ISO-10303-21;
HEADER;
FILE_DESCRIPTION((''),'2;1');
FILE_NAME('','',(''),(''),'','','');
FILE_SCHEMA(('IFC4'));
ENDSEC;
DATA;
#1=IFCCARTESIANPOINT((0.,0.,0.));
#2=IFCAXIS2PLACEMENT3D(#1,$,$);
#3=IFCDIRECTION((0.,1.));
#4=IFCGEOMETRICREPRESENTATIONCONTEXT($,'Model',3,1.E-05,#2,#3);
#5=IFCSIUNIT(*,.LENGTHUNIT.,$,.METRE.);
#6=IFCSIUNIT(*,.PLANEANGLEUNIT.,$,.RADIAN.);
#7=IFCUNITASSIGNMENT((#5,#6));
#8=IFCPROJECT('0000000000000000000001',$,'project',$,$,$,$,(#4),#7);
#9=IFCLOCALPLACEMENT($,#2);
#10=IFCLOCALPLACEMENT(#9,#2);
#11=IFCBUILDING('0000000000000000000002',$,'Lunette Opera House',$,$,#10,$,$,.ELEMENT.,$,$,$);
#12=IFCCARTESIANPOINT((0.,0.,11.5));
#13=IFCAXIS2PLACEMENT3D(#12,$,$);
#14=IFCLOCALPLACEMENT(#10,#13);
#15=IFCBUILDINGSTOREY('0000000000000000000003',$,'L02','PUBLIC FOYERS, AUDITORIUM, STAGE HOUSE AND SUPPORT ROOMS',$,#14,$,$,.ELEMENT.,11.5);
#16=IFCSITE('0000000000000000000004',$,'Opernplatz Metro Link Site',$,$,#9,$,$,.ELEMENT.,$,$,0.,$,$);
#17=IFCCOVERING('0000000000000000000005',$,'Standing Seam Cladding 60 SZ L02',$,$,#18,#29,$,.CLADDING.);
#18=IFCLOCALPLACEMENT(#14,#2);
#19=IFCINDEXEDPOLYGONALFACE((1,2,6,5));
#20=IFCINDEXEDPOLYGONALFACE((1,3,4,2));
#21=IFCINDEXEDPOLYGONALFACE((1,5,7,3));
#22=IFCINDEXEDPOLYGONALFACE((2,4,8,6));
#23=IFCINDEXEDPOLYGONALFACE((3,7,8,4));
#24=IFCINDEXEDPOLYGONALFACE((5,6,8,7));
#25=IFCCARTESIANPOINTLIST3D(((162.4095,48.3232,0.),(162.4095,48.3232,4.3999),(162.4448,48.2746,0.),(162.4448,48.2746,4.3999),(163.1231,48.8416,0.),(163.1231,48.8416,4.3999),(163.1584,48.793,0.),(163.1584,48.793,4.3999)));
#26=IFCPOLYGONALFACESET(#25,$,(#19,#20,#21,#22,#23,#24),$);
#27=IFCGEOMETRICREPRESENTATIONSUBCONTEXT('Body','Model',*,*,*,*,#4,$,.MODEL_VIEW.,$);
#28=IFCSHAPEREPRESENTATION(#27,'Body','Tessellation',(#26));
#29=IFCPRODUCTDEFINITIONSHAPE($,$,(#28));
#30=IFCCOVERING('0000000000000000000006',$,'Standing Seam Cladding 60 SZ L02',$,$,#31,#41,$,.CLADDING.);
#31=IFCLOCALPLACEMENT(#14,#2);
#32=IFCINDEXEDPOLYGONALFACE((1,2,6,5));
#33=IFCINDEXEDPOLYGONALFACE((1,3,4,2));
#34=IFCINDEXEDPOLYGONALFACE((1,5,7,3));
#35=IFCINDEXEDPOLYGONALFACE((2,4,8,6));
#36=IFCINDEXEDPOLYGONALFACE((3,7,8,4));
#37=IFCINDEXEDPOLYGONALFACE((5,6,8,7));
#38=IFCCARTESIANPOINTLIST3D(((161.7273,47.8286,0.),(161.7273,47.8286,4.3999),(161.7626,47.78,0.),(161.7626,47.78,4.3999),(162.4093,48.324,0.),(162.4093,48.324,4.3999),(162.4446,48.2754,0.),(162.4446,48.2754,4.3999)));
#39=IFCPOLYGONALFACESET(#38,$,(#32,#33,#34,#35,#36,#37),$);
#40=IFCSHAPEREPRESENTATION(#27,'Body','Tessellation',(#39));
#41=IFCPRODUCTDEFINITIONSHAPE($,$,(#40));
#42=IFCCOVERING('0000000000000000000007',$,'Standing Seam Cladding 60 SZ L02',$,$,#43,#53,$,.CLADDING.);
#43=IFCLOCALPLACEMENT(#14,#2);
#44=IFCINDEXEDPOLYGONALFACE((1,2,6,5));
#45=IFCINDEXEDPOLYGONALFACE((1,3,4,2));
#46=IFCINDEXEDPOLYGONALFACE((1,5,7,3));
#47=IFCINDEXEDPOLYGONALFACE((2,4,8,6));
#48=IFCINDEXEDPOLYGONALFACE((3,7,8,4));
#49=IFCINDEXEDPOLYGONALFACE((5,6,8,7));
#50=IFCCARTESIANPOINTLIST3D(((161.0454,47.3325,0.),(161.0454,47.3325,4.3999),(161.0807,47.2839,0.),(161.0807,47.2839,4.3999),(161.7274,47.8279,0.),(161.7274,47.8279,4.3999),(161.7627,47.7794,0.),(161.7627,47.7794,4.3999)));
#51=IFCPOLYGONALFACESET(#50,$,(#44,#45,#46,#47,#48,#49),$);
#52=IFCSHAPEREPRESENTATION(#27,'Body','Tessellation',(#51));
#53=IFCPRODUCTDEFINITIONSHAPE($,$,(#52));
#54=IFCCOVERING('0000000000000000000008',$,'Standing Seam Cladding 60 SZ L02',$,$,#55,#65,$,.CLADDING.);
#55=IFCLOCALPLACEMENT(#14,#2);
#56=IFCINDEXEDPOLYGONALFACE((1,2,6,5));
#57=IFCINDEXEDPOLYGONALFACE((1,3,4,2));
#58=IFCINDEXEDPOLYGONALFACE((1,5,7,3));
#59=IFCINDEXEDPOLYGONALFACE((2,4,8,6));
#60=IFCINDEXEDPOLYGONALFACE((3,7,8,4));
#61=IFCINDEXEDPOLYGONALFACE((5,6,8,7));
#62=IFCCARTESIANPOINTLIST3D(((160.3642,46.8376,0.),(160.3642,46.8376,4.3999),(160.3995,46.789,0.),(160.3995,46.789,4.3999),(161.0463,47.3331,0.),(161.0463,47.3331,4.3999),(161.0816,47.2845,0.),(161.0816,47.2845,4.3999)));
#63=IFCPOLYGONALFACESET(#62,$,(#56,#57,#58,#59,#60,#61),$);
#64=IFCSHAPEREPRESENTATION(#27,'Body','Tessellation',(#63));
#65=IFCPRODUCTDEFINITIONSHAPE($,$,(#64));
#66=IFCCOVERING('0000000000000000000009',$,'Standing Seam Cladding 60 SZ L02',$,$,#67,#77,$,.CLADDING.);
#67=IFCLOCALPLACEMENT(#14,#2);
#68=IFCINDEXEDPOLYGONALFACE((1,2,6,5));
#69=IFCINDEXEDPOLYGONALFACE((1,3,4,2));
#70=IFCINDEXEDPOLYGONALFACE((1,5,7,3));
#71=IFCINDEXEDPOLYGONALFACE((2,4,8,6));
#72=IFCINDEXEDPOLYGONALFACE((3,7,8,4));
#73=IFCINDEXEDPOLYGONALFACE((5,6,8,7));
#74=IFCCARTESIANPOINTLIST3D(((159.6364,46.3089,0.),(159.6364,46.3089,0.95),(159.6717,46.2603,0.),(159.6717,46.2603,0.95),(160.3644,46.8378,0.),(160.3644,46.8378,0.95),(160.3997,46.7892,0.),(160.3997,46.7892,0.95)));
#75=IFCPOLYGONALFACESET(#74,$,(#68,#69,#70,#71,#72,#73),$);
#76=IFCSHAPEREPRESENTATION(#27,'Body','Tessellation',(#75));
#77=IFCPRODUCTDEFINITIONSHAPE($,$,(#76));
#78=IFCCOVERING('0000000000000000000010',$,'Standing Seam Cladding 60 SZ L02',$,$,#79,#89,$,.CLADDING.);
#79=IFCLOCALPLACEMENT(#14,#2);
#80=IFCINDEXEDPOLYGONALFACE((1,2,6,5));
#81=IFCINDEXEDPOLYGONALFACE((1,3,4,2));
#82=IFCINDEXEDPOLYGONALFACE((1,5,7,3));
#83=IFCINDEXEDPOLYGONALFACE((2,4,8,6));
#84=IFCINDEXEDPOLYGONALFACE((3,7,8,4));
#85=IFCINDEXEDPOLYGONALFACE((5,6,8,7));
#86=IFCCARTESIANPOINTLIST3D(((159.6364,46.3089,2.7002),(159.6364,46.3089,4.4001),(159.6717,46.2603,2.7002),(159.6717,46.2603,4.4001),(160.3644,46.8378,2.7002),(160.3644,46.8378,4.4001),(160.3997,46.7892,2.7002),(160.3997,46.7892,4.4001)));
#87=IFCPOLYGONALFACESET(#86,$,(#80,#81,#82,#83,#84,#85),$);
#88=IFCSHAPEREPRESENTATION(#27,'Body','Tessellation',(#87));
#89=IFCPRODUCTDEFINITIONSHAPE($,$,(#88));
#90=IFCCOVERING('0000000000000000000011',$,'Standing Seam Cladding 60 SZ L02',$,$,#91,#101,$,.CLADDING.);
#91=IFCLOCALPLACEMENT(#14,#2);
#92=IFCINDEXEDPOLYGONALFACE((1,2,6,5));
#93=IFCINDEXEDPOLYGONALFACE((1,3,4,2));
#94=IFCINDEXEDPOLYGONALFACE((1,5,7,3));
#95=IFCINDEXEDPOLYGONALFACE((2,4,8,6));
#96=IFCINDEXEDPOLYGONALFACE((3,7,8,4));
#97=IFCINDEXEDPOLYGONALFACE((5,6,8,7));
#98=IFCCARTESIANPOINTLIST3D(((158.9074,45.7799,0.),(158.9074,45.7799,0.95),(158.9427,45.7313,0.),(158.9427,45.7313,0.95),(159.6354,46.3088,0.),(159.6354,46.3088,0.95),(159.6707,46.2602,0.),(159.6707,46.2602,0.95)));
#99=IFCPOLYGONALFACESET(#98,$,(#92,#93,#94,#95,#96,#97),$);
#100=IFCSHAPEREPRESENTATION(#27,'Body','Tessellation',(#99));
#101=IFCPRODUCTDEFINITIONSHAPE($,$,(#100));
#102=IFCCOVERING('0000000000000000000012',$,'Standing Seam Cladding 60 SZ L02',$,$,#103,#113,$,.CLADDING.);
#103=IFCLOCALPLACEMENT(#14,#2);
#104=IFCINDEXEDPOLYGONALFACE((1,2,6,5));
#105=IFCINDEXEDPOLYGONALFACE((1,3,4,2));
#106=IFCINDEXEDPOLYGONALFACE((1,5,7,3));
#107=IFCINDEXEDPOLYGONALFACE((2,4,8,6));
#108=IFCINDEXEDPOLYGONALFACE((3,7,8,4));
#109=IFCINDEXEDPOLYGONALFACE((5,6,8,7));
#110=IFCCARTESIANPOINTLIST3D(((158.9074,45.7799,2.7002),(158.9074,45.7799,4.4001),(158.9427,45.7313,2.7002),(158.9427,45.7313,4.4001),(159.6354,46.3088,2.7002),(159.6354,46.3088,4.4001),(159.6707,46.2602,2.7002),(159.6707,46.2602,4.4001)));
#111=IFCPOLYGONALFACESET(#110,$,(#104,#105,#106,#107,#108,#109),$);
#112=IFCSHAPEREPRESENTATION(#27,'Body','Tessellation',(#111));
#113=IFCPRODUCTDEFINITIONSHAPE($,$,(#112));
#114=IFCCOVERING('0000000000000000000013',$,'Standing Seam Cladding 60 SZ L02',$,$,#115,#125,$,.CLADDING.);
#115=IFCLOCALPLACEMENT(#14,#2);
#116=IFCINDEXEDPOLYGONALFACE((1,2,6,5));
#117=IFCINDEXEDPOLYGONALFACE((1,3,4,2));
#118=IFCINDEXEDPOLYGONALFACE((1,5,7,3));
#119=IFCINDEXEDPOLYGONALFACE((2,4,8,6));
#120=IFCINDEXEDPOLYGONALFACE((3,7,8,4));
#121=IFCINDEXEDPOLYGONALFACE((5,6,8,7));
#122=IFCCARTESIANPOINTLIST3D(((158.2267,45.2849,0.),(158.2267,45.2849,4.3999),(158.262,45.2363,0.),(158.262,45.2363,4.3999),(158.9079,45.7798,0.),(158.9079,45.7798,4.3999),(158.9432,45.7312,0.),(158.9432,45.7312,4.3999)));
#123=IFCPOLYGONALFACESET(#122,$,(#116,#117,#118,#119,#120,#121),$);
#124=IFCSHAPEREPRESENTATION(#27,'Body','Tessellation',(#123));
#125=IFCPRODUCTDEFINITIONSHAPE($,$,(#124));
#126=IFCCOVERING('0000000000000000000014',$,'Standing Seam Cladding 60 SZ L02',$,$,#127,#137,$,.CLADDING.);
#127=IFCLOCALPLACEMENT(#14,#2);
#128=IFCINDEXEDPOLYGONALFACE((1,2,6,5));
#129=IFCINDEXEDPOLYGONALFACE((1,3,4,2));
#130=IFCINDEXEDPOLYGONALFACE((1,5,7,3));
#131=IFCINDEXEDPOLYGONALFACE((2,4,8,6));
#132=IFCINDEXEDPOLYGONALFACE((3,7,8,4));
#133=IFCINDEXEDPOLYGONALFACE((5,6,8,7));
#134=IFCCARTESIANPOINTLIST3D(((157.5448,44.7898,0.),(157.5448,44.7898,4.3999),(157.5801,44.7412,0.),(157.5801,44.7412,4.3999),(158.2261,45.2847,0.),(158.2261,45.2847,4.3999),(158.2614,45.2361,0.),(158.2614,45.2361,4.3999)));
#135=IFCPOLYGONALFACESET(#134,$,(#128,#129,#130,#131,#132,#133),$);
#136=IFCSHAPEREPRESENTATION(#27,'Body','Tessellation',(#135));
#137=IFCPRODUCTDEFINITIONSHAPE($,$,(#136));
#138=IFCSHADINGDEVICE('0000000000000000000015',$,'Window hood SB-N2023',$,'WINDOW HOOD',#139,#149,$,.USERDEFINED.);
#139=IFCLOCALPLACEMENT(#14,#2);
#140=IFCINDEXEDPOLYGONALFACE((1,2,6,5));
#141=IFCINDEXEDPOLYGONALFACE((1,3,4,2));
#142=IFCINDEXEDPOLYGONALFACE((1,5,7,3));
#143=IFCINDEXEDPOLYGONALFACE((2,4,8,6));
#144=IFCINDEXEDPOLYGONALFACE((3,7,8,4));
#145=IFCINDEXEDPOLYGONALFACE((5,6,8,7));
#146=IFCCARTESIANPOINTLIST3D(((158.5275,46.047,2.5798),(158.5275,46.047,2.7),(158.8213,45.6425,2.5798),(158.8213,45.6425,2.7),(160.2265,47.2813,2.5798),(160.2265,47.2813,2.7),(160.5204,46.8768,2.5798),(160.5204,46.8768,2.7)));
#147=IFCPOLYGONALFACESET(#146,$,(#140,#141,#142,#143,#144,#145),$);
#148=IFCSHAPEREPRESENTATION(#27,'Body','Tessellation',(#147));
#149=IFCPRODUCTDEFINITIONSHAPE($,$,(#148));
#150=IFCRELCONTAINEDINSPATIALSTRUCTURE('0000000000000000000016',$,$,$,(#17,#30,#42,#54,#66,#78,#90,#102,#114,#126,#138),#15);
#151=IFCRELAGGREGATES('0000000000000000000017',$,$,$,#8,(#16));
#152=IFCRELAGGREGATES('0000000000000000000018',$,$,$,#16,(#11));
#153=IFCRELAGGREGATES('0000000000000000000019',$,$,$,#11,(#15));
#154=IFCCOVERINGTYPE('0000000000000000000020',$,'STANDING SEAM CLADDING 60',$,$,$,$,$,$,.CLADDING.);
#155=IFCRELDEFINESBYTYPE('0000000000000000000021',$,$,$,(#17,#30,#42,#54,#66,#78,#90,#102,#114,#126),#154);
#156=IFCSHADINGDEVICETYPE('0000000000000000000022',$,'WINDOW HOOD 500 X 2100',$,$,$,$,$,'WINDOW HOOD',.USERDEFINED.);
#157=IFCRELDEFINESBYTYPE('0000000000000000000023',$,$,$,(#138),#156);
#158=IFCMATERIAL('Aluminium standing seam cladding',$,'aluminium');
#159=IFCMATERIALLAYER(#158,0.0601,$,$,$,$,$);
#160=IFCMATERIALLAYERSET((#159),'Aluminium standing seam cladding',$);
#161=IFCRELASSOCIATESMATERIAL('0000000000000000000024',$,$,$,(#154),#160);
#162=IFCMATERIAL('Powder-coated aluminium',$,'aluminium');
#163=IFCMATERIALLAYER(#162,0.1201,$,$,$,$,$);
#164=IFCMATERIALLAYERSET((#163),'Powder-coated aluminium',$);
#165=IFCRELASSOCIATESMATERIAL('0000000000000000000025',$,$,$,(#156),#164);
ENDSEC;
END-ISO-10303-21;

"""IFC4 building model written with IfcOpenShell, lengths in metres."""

from ifc_helpers import new_model, si_unit, direction, frame, origin, origin_2d, place, context, subcontext, project, spatial, rectangle, extrude, material, layer, layer_set, type_object, element, save


model = new_model("IFC4")

# Units and contexts
model_context = context("Model", 3, precision=1e-05, world=origin(), true_north=direction((0.0, 1.0)))
body_context = subcontext(model_context, "Body", "Model", "MODEL_VIEW")
ifc_project = project(units=[si_unit("LENGTHUNIT", "METRE"), si_unit("PLANEANGLEUNIT", "RADIAN")], contexts=[model_context])

# Site, building, storey
site_placement = place(None, origin())
site = spatial("IfcSite", under=ifc_project, at=site_placement, Name="Opernplatz Metro Link Site", CompositionType="ELEMENT", RefElevation=0.0)
building_placement = place(site_placement, origin())
building = spatial("IfcBuilding", under=site, at=building_placement, Name="Lunette Opera House", CompositionType="ELEMENT")
storey_placement = place(building_placement, frame((0.0, 0.0, 11.5)))
storey = spatial("IfcBuildingStorey", under=building, at=storey_placement, Name="L02", Description="PUBLIC FOYERS, AUDITORIUM, STAGE HOUSE AND SUPPORT ROOMS", CompositionType="ELEMENT", Elevation=11.5)

# Coverings
ifc_material_1 = material(Name="Aluminium standing seam cladding", Category="aluminium")
ifc_layer_1 = layer(ifc_material_1, 0.0601)
ifc_layer_set_1 = layer_set([ifc_layer_1], Name="Aluminium standing seam cladding")
covering_type = type_object("IfcCoveringType", Name="STANDING SEAM CLADDING 60", PredefinedType="CLADDING", material=ifc_layer_set_1)
for number, where, z_axis, x_axis, name in (
    (1, (162.7839, 48.5581, 0.0), (0.0, 0.0, 1.0), (-0.809041, -0.587753, 0.0), "Standing Seam Cladding 60 SZ L02"),
):
    element("IfcCovering", number, at=place(storey_placement, frame(where, z_axis=z_axis, x_axis=x_axis)), inside=storey, type_object=covering_type, Name=name, PredefinedType="CLADDING", context=body_context, shape_type="SweptSolid", body=[
        extrude(rectangle(XDim=0.8821, YDim=0.0601, at=origin_2d()), origin(), (0.0, 0.0, 1.0), 4.3999),
    ])
for number, where, z_axis, x_axis, name in (
    (2, (162.0859, 48.052, 0.0), (0.0, 0.0, 1.0), (-0.809045, -0.587747, 0.0), "Standing Seam Cladding 60 SZ L02"),
    (3, (161.4041, 47.5559, 0.0), (0.0, 0.0, 1.0), (-0.809045, -0.587747, 0.0), "Standing Seam Cladding 60 SZ L02"),
    (4, (160.7229, 47.061, 0.0), (0.0, 0.0, 1.0), (-0.809045, -0.587747, 0.0), "Standing Seam Cladding 60 SZ L02"),
):
    element("IfcCovering", number, at=place(storey_placement, frame(where, z_axis=z_axis, x_axis=x_axis)), inside=storey, type_object=covering_type, Name=name, PredefinedType="CLADDING", context=body_context, shape_type="SweptSolid", body=[
        extrude(rectangle(XDim=0.843, YDim=0.0601, at=origin_2d()), origin(), (0.0, 0.0, 1.0), 4.3999),
    ])
covering_1_placement = place(storey_placement, frame((160.0181, 46.5491, 0.0), z_axis=(0.0, 0.0, 1.0), x_axis=(-0.809045, -0.587747, 0.0)))
element("IfcCovering", 5, at=covering_1_placement, inside=storey, type_object=covering_type, Name="Standing Seam Cladding 60 SZ L02", PredefinedType="CLADDING", context=body_context, shape_type="SweptSolid", body=[
    extrude(rectangle(XDim=0.8999, YDim=0.0601, at=origin_2d()), origin(), (0.0, 0.0, 1.0), 0.95),
])
covering_2_placement = place(storey_placement, frame((160.0181, 46.5491, 2.7002), z_axis=(0.0, 0.0, 1.0), x_axis=(-0.809045, -0.587747, 0.0)))
element("IfcCovering", 6, at=covering_2_placement, inside=storey, type_object=covering_type, Name="Standing Seam Cladding 60 SZ L02", PredefinedType="CLADDING", context=body_context, shape_type="SweptSolid", body=[
    extrude(rectangle(XDim=0.8999, YDim=0.0601, at=origin_2d()), origin(), (0.0, 0.0, 1.0), 1.7),
])
covering_3_placement = place(storey_placement, frame((159.2891, 46.02, 0.0), z_axis=(0.0, 0.0, 1.0), x_axis=(-0.809045, -0.587747, 0.0)))
element("IfcCovering", 7, at=covering_3_placement, inside=storey, type_object=covering_type, Name="Standing Seam Cladding 60 SZ L02", PredefinedType="CLADDING", context=body_context, shape_type="SweptSolid", body=[
    extrude(rectangle(XDim=0.8999, YDim=0.0601, at=origin_2d()), origin(), (0.0, 0.0, 1.0), 0.95),
])
covering_4_placement = place(storey_placement, frame((159.2891, 46.02, 2.7002), z_axis=(0.0, 0.0, 1.0), x_axis=(-0.809045, -0.587747, 0.0)))
element("IfcCovering", 8, at=covering_4_placement, inside=storey, type_object=covering_type, Name="Standing Seam Cladding 60 SZ L02", PredefinedType="CLADDING", context=body_context, shape_type="SweptSolid", body=[
    extrude(rectangle(XDim=0.8999, YDim=0.0601, at=origin_2d()), origin(), (0.0, 0.0, 1.0), 1.7),
])
for number, where, z_axis, x_axis, name in (
    (9, (158.585, 45.5081, 0.0), (0.0, 0.0, 1.0), (-0.809045, -0.587747, 0.0), "Standing Seam Cladding 60 SZ L02"),
    (10, (157.9031, 45.0129, 0.0), (0.0, 0.0, 1.0), (-0.809045, -0.587747, 0.0), "Standing Seam Cladding 60 SZ L02"),
):
    element("IfcCovering", number, at=place(storey_placement, frame(where, z_axis=z_axis, x_axis=x_axis)), inside=storey, type_object=covering_type, Name=name, PredefinedType="CLADDING", context=body_context, shape_type="SweptSolid", body=[
        extrude(rectangle(XDim=0.842, YDim=0.0601, at=origin_2d()), origin(), (0.0, 0.0, 1.0), 4.3999),
    ])

# Shading device
ifc_material_2 = material(Name="Powder-coated aluminium", Category="aluminium")
ifc_layer_2 = layer(ifc_material_2, 0.1201)
ifc_layer_set_2 = layer_set([ifc_layer_2], Name="Powder-coated aluminium")
shading_device_type = type_object("IfcShadingDeviceType", Name="WINDOW HOOD 500 X 2100", ElementType="WINDOW HOOD", PredefinedType="USERDEFINED", material=ifc_layer_set_2)
shading_device_placement = place(storey_placement, frame((159.5239, 46.4619, 2.5798), z_axis=(0.0, 0.0, 1.0), x_axis=(-0.587747, 0.809045, 0.0)))
element("IfcShadingDevice", 11, at=shading_device_placement, inside=storey, type_object=shading_device_type, Name="Window hood SB-N2023", ObjectType="WINDOW HOOD", PredefinedType="USERDEFINED", context=body_context, shape_type="SweptSolid", body=[
    extrude(rectangle(XDim=0.5, YDim=2.1001, at=origin_2d()), origin(), (0.0, 0.0, 1.0), 0.1201),
])

save(model, "model.ifc")
